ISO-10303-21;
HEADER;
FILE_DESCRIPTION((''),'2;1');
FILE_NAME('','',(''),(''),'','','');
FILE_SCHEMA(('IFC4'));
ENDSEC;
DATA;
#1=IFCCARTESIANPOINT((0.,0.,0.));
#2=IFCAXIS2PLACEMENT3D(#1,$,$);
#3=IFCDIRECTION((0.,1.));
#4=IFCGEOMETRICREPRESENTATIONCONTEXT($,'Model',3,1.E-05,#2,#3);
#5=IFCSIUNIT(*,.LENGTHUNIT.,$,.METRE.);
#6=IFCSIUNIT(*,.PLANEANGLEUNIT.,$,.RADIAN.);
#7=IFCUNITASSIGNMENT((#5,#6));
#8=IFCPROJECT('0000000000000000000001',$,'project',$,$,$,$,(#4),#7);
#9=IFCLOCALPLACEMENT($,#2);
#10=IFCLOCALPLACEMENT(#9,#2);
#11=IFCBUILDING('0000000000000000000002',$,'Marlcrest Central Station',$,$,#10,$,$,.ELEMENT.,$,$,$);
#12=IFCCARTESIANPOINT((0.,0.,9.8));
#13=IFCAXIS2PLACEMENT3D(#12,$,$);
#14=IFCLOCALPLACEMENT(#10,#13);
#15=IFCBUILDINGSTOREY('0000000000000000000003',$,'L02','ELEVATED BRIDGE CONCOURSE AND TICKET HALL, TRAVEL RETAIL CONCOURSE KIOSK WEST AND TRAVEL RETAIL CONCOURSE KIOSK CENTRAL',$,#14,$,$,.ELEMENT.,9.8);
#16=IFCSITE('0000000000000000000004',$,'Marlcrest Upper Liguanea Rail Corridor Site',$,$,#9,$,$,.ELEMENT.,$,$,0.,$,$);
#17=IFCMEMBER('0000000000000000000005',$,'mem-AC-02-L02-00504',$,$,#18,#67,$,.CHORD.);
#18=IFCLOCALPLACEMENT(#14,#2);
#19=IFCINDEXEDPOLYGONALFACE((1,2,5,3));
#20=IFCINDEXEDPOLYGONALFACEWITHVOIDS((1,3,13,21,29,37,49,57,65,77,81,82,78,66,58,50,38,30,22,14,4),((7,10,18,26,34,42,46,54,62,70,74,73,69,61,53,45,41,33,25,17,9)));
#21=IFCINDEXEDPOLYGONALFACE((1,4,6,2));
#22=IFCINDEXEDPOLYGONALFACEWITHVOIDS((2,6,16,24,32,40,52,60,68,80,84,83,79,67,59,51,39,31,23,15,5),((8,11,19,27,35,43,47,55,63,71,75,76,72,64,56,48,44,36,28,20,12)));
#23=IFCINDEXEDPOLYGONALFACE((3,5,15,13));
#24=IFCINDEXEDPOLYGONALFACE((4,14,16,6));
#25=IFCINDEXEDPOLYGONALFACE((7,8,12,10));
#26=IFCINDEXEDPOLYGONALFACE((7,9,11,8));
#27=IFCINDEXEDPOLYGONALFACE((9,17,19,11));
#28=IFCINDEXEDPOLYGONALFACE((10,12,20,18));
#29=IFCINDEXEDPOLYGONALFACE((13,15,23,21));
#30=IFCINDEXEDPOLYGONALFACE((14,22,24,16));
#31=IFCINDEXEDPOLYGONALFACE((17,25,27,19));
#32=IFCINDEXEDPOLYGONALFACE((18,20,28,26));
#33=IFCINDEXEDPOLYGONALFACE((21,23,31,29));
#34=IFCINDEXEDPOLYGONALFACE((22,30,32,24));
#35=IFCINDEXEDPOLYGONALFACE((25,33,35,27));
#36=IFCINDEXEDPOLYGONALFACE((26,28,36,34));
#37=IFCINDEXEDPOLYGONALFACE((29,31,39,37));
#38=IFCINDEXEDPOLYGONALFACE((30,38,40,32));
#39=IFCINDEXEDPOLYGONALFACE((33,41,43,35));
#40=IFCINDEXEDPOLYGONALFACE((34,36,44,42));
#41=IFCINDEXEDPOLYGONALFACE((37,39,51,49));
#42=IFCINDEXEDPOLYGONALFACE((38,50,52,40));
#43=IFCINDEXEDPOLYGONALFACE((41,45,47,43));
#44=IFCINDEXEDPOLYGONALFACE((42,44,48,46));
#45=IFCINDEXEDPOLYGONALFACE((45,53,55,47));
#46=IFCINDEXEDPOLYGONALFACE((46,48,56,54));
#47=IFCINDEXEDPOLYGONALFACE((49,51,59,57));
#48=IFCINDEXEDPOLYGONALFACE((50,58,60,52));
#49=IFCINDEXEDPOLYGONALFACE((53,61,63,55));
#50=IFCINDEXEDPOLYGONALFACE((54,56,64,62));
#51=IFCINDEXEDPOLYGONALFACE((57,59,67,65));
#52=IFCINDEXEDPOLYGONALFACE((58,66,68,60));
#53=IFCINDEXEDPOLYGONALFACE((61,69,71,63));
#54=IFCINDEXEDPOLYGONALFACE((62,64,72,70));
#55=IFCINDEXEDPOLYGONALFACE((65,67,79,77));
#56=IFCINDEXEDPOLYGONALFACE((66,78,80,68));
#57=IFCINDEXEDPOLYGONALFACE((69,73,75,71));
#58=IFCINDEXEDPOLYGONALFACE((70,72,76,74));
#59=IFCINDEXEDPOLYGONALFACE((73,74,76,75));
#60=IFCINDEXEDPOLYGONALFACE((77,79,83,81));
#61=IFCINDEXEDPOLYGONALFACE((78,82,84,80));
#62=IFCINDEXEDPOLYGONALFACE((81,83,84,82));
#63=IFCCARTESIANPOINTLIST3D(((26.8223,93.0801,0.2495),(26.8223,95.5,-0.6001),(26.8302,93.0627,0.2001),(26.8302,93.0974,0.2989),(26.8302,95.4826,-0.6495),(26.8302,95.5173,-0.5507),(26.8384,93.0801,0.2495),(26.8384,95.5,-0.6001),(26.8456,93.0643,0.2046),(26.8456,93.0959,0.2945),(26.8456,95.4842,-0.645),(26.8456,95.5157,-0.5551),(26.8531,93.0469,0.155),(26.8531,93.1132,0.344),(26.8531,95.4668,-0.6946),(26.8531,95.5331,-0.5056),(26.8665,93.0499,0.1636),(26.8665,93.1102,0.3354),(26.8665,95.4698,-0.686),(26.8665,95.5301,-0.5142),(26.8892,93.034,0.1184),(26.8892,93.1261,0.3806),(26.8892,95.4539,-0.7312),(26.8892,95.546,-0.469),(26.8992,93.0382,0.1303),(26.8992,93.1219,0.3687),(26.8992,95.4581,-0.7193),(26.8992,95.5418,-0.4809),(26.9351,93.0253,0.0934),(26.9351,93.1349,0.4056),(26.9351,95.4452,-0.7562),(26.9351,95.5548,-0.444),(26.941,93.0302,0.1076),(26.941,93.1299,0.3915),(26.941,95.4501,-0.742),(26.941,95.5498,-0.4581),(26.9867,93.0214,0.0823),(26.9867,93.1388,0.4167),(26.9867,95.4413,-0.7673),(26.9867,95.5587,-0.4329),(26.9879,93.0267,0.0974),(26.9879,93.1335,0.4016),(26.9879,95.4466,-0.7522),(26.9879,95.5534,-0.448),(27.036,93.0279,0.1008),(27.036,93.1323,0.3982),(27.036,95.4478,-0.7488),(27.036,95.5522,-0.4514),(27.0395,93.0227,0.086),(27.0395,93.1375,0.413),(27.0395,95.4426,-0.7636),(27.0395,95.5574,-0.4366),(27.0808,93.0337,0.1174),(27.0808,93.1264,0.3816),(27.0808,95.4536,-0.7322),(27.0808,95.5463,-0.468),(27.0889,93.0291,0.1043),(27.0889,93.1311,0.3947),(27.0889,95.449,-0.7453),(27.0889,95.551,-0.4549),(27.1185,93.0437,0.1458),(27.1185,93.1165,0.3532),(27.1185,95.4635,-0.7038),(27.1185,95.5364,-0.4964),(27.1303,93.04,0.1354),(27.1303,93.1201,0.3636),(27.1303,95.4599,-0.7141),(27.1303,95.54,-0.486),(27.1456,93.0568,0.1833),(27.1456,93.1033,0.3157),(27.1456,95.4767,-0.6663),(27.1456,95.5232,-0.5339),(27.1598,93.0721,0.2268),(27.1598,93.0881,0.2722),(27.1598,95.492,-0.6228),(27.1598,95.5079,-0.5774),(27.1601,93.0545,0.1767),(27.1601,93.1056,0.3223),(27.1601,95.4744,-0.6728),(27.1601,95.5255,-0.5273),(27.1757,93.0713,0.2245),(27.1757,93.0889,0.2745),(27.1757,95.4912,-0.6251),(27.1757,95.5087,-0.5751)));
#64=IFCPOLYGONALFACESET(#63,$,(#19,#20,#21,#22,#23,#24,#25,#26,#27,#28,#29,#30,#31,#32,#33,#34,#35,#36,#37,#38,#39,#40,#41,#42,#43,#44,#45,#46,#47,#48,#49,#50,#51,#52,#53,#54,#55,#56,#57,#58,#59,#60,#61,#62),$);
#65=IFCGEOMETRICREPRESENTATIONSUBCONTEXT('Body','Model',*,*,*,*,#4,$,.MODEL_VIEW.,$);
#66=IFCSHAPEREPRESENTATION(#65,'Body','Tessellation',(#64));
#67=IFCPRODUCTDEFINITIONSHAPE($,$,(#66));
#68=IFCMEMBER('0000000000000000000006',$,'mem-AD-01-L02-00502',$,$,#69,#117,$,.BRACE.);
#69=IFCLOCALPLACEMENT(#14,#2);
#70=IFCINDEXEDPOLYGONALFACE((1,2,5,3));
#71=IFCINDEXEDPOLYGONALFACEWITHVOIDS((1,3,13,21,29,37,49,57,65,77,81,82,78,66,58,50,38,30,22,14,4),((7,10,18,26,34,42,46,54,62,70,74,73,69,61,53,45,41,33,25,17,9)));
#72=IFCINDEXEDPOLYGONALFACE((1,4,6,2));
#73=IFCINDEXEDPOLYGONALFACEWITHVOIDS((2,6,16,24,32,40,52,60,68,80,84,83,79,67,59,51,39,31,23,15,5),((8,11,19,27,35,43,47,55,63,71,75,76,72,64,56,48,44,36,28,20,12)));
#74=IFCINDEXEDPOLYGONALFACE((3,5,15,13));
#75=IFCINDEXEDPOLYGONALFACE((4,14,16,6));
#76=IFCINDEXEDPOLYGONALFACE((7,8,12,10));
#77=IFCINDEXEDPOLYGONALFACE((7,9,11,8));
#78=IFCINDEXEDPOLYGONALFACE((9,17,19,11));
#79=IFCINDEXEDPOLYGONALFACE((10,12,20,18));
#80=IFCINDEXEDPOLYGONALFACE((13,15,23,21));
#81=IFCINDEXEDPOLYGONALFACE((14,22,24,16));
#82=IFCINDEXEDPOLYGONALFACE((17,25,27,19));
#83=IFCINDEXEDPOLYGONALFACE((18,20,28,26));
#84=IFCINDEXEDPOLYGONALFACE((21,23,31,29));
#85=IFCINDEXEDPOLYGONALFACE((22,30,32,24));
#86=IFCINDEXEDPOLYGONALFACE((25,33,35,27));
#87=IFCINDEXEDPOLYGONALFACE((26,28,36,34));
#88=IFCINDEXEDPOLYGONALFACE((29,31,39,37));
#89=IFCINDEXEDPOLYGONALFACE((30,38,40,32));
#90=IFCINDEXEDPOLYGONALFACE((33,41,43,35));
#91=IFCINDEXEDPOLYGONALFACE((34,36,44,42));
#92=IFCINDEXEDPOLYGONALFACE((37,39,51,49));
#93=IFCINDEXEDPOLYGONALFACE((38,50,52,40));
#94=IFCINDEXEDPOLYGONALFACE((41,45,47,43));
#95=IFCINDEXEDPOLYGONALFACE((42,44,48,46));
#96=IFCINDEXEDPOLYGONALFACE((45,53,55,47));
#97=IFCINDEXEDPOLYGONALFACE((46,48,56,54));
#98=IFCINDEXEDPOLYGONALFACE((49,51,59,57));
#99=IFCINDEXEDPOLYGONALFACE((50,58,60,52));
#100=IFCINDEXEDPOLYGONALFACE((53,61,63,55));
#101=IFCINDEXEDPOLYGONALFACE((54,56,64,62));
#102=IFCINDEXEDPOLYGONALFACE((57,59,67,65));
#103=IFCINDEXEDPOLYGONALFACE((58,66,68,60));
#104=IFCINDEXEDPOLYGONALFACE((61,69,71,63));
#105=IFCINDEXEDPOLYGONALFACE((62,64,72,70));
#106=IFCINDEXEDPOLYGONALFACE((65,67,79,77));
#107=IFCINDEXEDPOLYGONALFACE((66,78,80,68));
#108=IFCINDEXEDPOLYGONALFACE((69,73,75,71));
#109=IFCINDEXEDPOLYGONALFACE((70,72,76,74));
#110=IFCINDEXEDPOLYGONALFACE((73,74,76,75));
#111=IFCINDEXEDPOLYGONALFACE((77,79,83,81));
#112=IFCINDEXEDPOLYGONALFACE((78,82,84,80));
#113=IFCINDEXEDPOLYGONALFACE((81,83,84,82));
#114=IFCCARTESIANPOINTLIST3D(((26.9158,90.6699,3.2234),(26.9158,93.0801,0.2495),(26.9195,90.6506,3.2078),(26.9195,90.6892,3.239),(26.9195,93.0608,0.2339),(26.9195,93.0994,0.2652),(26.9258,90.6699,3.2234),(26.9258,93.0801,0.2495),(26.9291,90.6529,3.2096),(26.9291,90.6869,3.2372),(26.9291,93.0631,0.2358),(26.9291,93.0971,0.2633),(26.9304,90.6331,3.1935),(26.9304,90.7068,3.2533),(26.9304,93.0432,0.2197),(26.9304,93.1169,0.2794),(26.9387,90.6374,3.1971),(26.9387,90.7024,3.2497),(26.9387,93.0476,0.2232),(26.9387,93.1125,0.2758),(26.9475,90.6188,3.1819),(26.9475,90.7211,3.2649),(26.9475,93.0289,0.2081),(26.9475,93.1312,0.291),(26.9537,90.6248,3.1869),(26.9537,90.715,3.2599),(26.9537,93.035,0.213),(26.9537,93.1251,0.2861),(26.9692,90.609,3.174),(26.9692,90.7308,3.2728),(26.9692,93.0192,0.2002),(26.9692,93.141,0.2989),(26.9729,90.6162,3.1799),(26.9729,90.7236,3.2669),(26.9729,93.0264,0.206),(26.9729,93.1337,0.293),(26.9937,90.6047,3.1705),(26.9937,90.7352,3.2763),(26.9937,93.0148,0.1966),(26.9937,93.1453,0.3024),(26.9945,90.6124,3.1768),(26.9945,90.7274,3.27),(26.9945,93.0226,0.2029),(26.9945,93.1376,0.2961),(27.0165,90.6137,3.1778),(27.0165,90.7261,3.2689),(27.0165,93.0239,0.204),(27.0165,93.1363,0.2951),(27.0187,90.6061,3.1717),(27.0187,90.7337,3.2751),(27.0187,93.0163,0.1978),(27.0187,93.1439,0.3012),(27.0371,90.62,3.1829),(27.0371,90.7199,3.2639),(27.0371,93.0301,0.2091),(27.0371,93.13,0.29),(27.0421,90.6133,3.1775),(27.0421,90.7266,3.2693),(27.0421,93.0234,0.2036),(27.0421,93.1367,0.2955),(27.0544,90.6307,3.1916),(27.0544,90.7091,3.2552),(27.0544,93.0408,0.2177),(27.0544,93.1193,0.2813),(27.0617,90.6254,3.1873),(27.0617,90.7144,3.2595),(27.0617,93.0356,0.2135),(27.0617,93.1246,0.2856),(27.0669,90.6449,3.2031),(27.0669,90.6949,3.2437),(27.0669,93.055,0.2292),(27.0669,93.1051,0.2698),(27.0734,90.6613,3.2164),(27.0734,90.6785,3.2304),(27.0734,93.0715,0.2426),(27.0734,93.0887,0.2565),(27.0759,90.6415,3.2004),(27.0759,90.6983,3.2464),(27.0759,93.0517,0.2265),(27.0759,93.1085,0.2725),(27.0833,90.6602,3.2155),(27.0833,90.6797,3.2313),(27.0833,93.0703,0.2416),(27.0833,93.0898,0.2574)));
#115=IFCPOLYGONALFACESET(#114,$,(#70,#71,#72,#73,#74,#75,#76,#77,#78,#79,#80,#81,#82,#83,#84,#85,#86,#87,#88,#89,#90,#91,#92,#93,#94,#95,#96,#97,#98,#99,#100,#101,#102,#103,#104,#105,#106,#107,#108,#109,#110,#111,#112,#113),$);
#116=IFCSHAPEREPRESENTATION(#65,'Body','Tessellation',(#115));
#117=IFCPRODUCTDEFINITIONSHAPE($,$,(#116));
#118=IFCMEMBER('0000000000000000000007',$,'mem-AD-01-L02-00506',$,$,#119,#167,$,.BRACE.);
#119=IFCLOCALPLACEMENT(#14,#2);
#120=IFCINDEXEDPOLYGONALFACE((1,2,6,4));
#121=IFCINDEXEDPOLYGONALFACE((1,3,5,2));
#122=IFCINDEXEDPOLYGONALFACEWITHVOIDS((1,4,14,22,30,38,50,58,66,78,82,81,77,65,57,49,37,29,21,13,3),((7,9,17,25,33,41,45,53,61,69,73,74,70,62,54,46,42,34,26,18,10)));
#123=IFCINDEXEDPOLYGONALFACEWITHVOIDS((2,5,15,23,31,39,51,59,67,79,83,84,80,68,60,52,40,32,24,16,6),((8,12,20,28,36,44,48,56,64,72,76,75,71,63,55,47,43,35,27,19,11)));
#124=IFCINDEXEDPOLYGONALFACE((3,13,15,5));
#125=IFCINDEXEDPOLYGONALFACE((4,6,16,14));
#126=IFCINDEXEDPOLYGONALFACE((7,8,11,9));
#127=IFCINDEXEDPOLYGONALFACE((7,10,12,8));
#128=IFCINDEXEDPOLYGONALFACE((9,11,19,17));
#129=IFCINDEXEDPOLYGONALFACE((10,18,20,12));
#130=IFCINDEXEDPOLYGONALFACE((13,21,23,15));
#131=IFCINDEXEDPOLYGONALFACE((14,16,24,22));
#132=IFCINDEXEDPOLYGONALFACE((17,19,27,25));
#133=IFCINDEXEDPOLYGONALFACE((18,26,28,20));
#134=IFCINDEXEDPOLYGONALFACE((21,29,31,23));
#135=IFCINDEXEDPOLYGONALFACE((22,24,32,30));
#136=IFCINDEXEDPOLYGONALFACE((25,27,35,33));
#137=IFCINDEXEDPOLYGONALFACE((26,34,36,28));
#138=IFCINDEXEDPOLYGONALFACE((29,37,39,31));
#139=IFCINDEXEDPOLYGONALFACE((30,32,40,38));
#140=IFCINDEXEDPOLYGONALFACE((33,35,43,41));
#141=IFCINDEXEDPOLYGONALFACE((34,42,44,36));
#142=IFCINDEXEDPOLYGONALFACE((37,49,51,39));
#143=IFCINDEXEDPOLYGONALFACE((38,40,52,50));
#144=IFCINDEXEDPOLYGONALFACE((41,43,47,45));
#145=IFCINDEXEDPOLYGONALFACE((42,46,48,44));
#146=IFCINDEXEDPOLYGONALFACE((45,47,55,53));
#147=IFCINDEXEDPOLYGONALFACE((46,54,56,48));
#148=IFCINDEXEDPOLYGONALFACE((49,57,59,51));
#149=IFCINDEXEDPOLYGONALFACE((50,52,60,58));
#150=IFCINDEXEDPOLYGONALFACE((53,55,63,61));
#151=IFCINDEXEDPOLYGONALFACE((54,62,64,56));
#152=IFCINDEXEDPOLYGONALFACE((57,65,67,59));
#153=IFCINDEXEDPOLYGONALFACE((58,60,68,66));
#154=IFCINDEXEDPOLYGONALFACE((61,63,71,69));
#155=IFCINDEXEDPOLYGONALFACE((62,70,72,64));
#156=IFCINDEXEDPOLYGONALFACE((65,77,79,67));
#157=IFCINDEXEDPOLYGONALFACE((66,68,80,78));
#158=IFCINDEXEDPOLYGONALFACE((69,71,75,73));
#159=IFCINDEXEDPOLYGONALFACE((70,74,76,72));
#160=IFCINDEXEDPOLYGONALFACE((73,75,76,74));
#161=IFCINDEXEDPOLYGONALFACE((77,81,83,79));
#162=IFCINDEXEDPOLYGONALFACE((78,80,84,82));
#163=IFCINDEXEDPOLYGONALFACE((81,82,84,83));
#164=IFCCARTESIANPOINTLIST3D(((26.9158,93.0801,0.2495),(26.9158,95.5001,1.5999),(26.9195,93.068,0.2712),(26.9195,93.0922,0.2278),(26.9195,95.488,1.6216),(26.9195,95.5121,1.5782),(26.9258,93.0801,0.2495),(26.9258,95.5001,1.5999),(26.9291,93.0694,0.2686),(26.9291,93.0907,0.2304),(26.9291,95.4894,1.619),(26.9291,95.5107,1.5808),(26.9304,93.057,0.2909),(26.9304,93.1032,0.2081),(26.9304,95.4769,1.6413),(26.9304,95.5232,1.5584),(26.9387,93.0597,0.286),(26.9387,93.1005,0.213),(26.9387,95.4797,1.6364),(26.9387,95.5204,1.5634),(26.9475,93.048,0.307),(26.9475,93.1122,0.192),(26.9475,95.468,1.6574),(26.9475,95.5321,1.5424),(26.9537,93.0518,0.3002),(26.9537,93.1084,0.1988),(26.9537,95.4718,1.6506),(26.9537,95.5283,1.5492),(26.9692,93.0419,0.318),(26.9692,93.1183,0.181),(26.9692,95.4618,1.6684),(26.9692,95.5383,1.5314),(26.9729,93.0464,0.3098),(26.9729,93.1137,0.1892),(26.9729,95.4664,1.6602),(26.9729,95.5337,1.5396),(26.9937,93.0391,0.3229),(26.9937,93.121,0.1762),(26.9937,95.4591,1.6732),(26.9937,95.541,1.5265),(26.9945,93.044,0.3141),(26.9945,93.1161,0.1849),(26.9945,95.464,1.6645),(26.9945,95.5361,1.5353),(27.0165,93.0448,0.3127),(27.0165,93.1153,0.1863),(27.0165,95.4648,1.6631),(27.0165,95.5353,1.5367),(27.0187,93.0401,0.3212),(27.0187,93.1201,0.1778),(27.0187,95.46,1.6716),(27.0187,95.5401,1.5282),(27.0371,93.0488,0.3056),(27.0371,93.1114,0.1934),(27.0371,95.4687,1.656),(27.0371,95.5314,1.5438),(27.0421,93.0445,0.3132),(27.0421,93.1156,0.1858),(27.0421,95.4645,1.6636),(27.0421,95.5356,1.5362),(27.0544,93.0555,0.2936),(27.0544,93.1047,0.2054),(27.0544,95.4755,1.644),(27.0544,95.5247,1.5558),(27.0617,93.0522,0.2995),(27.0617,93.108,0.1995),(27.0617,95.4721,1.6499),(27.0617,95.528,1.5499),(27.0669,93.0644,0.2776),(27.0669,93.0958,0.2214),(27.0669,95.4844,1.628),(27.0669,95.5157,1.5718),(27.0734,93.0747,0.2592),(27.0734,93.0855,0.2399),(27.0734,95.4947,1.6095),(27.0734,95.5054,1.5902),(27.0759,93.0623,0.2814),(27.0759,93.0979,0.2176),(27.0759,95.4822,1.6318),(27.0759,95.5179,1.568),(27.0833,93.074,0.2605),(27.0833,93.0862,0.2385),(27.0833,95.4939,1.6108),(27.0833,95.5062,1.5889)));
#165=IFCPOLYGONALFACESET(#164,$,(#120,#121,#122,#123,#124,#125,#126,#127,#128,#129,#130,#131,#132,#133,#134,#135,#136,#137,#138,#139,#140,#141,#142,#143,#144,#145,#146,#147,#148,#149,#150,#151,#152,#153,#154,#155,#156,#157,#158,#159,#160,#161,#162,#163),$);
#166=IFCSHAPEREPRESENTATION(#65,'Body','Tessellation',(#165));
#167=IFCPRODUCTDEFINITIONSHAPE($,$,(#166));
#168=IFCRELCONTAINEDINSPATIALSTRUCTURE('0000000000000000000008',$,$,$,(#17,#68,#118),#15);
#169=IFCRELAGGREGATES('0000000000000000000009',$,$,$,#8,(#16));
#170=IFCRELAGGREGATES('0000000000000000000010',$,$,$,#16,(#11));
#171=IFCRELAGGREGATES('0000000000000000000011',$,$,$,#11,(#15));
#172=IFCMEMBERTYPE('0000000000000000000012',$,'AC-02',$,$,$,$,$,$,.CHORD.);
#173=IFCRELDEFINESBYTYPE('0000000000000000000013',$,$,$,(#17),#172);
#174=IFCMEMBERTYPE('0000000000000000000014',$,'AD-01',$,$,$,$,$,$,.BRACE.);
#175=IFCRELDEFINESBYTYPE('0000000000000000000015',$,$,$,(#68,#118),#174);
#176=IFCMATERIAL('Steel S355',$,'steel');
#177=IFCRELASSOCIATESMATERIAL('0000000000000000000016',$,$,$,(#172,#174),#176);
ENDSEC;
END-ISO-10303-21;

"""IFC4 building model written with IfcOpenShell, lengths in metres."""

from ifc_helpers import new_model, si_unit, direction, frame, origin, origin_2d, place, context, subcontext, project, spatial, hollow_circle, extrude, material, material_profile, profile_set, type_object, element, save


model = new_model("IFC4")

# Units and contexts
model_context = context("Model", 3, precision=1e-05, world=origin(), true_north=direction((0.0, 1.0)))
body_context = subcontext(model_context, "Body", "Model", "MODEL_VIEW")
ifc_project = project(units=[si_unit("LENGTHUNIT", "METRE"), si_unit("PLANEANGLEUNIT", "RADIAN")], contexts=[model_context])

# Site, building, storey
site_placement = place(None, origin())
site = spatial("IfcSite", under=ifc_project, at=site_placement, Name="Marlcrest Upper Liguanea Rail Corridor Site", CompositionType="ELEMENT", RefElevation=0.0)
building_placement = place(site_placement, origin())
building = spatial("IfcBuilding", under=site, at=building_placement, Name="Marlcrest Central Station", CompositionType="ELEMENT")
storey_placement = place(building_placement, frame((0.0, 0.0, 9.8)))
storey = spatial("IfcBuildingStorey", under=building, at=storey_placement, Name="L02", Description="ELEVATED BRIDGE CONCOURSE AND TICKET HALL, TRAVEL RETAIL CONCOURSE KIOSK WEST AND TRAVEL RETAIL CONCOURSE KIOSK CENTRAL", CompositionType="ELEMENT", Elevation=9.8)

# Members
ifc_material_1 = material(Name="Steel S355", Category="steel")
ifc_material_profile_1 = material_profile(ifc_material_1, hollow_circle(Radius=0.1777, WallThickness=0.0161, at=origin_2d()), Name="CHS 355.6x16")
ifc_profile_set_1 = profile_set([ifc_material_profile_1], Name="Steel S355")
member_type_1 = type_object("IfcMemberType", Name="AC-02", PredefinedType="CHORD", material=ifc_profile_set_1)
member_1_placement = place(storey_placement, frame((27.0, 93.0801, 0.2495), z_axis=(0.0, 0.943537, -0.331266), x_axis=(-1.0, 0.0, 0.0)))
element("IfcMember", 1, at=member_1_placement, inside=storey, type_object=member_type_1, Name="mem-AC-02-L02-00504", PredefinedType="CHORD", context=body_context, shape_type="SweptSolid", body=[
    extrude(hollow_circle(Radius=0.1777, WallThickness=0.0161, at=origin_2d()), origin(), (0.0, 0.0, 1.0), 2.5647),
])
ifc_material_profile_2 = material_profile(ifc_material_1, hollow_circle(Radius=0.0842, WallThickness=0.01, at=origin_2d()), Name="CHS 168.3x10")
ifc_profile_set_2 = profile_set([ifc_material_profile_2], Name="Steel S355")
member_type_2 = type_object("IfcMemberType", Name="AD-01", PredefinedType="BRACE", material=ifc_profile_set_2)
member_2_placement = place(storey_placement, frame((27.0, 90.6699, 3.2234), z_axis=(0.0, 0.629629, -0.776896), x_axis=(-1.0, 0.0, 0.0)))
element("IfcMember", 2, at=member_2_placement, inside=storey, type_object=member_type_2, Name="mem-AD-01-L02-00502", PredefinedType="BRACE", context=body_context, shape_type="SweptSolid", body=[
    extrude(hollow_circle(Radius=0.0842, WallThickness=0.01, at=origin_2d()), origin(), (0.0, 0.0, 1.0), 3.8279),
])
member_3_placement = place(storey_placement, frame((27.0, 93.0801, 0.2495), z_axis=(0.0, 0.873246, 0.48728), x_axis=(-1.0, 0.0, 0.0)))
element("IfcMember", 3, at=member_3_placement, inside=storey, type_object=member_type_2, Name="mem-AD-01-L02-00506", PredefinedType="BRACE", context=body_context, shape_type="SweptSolid", body=[
    extrude(hollow_circle(Radius=0.0842, WallThickness=0.01, at=origin_2d()), origin(), (0.0, 0.0, 1.0), 2.7712),
])

save(model, "model.ifc")
